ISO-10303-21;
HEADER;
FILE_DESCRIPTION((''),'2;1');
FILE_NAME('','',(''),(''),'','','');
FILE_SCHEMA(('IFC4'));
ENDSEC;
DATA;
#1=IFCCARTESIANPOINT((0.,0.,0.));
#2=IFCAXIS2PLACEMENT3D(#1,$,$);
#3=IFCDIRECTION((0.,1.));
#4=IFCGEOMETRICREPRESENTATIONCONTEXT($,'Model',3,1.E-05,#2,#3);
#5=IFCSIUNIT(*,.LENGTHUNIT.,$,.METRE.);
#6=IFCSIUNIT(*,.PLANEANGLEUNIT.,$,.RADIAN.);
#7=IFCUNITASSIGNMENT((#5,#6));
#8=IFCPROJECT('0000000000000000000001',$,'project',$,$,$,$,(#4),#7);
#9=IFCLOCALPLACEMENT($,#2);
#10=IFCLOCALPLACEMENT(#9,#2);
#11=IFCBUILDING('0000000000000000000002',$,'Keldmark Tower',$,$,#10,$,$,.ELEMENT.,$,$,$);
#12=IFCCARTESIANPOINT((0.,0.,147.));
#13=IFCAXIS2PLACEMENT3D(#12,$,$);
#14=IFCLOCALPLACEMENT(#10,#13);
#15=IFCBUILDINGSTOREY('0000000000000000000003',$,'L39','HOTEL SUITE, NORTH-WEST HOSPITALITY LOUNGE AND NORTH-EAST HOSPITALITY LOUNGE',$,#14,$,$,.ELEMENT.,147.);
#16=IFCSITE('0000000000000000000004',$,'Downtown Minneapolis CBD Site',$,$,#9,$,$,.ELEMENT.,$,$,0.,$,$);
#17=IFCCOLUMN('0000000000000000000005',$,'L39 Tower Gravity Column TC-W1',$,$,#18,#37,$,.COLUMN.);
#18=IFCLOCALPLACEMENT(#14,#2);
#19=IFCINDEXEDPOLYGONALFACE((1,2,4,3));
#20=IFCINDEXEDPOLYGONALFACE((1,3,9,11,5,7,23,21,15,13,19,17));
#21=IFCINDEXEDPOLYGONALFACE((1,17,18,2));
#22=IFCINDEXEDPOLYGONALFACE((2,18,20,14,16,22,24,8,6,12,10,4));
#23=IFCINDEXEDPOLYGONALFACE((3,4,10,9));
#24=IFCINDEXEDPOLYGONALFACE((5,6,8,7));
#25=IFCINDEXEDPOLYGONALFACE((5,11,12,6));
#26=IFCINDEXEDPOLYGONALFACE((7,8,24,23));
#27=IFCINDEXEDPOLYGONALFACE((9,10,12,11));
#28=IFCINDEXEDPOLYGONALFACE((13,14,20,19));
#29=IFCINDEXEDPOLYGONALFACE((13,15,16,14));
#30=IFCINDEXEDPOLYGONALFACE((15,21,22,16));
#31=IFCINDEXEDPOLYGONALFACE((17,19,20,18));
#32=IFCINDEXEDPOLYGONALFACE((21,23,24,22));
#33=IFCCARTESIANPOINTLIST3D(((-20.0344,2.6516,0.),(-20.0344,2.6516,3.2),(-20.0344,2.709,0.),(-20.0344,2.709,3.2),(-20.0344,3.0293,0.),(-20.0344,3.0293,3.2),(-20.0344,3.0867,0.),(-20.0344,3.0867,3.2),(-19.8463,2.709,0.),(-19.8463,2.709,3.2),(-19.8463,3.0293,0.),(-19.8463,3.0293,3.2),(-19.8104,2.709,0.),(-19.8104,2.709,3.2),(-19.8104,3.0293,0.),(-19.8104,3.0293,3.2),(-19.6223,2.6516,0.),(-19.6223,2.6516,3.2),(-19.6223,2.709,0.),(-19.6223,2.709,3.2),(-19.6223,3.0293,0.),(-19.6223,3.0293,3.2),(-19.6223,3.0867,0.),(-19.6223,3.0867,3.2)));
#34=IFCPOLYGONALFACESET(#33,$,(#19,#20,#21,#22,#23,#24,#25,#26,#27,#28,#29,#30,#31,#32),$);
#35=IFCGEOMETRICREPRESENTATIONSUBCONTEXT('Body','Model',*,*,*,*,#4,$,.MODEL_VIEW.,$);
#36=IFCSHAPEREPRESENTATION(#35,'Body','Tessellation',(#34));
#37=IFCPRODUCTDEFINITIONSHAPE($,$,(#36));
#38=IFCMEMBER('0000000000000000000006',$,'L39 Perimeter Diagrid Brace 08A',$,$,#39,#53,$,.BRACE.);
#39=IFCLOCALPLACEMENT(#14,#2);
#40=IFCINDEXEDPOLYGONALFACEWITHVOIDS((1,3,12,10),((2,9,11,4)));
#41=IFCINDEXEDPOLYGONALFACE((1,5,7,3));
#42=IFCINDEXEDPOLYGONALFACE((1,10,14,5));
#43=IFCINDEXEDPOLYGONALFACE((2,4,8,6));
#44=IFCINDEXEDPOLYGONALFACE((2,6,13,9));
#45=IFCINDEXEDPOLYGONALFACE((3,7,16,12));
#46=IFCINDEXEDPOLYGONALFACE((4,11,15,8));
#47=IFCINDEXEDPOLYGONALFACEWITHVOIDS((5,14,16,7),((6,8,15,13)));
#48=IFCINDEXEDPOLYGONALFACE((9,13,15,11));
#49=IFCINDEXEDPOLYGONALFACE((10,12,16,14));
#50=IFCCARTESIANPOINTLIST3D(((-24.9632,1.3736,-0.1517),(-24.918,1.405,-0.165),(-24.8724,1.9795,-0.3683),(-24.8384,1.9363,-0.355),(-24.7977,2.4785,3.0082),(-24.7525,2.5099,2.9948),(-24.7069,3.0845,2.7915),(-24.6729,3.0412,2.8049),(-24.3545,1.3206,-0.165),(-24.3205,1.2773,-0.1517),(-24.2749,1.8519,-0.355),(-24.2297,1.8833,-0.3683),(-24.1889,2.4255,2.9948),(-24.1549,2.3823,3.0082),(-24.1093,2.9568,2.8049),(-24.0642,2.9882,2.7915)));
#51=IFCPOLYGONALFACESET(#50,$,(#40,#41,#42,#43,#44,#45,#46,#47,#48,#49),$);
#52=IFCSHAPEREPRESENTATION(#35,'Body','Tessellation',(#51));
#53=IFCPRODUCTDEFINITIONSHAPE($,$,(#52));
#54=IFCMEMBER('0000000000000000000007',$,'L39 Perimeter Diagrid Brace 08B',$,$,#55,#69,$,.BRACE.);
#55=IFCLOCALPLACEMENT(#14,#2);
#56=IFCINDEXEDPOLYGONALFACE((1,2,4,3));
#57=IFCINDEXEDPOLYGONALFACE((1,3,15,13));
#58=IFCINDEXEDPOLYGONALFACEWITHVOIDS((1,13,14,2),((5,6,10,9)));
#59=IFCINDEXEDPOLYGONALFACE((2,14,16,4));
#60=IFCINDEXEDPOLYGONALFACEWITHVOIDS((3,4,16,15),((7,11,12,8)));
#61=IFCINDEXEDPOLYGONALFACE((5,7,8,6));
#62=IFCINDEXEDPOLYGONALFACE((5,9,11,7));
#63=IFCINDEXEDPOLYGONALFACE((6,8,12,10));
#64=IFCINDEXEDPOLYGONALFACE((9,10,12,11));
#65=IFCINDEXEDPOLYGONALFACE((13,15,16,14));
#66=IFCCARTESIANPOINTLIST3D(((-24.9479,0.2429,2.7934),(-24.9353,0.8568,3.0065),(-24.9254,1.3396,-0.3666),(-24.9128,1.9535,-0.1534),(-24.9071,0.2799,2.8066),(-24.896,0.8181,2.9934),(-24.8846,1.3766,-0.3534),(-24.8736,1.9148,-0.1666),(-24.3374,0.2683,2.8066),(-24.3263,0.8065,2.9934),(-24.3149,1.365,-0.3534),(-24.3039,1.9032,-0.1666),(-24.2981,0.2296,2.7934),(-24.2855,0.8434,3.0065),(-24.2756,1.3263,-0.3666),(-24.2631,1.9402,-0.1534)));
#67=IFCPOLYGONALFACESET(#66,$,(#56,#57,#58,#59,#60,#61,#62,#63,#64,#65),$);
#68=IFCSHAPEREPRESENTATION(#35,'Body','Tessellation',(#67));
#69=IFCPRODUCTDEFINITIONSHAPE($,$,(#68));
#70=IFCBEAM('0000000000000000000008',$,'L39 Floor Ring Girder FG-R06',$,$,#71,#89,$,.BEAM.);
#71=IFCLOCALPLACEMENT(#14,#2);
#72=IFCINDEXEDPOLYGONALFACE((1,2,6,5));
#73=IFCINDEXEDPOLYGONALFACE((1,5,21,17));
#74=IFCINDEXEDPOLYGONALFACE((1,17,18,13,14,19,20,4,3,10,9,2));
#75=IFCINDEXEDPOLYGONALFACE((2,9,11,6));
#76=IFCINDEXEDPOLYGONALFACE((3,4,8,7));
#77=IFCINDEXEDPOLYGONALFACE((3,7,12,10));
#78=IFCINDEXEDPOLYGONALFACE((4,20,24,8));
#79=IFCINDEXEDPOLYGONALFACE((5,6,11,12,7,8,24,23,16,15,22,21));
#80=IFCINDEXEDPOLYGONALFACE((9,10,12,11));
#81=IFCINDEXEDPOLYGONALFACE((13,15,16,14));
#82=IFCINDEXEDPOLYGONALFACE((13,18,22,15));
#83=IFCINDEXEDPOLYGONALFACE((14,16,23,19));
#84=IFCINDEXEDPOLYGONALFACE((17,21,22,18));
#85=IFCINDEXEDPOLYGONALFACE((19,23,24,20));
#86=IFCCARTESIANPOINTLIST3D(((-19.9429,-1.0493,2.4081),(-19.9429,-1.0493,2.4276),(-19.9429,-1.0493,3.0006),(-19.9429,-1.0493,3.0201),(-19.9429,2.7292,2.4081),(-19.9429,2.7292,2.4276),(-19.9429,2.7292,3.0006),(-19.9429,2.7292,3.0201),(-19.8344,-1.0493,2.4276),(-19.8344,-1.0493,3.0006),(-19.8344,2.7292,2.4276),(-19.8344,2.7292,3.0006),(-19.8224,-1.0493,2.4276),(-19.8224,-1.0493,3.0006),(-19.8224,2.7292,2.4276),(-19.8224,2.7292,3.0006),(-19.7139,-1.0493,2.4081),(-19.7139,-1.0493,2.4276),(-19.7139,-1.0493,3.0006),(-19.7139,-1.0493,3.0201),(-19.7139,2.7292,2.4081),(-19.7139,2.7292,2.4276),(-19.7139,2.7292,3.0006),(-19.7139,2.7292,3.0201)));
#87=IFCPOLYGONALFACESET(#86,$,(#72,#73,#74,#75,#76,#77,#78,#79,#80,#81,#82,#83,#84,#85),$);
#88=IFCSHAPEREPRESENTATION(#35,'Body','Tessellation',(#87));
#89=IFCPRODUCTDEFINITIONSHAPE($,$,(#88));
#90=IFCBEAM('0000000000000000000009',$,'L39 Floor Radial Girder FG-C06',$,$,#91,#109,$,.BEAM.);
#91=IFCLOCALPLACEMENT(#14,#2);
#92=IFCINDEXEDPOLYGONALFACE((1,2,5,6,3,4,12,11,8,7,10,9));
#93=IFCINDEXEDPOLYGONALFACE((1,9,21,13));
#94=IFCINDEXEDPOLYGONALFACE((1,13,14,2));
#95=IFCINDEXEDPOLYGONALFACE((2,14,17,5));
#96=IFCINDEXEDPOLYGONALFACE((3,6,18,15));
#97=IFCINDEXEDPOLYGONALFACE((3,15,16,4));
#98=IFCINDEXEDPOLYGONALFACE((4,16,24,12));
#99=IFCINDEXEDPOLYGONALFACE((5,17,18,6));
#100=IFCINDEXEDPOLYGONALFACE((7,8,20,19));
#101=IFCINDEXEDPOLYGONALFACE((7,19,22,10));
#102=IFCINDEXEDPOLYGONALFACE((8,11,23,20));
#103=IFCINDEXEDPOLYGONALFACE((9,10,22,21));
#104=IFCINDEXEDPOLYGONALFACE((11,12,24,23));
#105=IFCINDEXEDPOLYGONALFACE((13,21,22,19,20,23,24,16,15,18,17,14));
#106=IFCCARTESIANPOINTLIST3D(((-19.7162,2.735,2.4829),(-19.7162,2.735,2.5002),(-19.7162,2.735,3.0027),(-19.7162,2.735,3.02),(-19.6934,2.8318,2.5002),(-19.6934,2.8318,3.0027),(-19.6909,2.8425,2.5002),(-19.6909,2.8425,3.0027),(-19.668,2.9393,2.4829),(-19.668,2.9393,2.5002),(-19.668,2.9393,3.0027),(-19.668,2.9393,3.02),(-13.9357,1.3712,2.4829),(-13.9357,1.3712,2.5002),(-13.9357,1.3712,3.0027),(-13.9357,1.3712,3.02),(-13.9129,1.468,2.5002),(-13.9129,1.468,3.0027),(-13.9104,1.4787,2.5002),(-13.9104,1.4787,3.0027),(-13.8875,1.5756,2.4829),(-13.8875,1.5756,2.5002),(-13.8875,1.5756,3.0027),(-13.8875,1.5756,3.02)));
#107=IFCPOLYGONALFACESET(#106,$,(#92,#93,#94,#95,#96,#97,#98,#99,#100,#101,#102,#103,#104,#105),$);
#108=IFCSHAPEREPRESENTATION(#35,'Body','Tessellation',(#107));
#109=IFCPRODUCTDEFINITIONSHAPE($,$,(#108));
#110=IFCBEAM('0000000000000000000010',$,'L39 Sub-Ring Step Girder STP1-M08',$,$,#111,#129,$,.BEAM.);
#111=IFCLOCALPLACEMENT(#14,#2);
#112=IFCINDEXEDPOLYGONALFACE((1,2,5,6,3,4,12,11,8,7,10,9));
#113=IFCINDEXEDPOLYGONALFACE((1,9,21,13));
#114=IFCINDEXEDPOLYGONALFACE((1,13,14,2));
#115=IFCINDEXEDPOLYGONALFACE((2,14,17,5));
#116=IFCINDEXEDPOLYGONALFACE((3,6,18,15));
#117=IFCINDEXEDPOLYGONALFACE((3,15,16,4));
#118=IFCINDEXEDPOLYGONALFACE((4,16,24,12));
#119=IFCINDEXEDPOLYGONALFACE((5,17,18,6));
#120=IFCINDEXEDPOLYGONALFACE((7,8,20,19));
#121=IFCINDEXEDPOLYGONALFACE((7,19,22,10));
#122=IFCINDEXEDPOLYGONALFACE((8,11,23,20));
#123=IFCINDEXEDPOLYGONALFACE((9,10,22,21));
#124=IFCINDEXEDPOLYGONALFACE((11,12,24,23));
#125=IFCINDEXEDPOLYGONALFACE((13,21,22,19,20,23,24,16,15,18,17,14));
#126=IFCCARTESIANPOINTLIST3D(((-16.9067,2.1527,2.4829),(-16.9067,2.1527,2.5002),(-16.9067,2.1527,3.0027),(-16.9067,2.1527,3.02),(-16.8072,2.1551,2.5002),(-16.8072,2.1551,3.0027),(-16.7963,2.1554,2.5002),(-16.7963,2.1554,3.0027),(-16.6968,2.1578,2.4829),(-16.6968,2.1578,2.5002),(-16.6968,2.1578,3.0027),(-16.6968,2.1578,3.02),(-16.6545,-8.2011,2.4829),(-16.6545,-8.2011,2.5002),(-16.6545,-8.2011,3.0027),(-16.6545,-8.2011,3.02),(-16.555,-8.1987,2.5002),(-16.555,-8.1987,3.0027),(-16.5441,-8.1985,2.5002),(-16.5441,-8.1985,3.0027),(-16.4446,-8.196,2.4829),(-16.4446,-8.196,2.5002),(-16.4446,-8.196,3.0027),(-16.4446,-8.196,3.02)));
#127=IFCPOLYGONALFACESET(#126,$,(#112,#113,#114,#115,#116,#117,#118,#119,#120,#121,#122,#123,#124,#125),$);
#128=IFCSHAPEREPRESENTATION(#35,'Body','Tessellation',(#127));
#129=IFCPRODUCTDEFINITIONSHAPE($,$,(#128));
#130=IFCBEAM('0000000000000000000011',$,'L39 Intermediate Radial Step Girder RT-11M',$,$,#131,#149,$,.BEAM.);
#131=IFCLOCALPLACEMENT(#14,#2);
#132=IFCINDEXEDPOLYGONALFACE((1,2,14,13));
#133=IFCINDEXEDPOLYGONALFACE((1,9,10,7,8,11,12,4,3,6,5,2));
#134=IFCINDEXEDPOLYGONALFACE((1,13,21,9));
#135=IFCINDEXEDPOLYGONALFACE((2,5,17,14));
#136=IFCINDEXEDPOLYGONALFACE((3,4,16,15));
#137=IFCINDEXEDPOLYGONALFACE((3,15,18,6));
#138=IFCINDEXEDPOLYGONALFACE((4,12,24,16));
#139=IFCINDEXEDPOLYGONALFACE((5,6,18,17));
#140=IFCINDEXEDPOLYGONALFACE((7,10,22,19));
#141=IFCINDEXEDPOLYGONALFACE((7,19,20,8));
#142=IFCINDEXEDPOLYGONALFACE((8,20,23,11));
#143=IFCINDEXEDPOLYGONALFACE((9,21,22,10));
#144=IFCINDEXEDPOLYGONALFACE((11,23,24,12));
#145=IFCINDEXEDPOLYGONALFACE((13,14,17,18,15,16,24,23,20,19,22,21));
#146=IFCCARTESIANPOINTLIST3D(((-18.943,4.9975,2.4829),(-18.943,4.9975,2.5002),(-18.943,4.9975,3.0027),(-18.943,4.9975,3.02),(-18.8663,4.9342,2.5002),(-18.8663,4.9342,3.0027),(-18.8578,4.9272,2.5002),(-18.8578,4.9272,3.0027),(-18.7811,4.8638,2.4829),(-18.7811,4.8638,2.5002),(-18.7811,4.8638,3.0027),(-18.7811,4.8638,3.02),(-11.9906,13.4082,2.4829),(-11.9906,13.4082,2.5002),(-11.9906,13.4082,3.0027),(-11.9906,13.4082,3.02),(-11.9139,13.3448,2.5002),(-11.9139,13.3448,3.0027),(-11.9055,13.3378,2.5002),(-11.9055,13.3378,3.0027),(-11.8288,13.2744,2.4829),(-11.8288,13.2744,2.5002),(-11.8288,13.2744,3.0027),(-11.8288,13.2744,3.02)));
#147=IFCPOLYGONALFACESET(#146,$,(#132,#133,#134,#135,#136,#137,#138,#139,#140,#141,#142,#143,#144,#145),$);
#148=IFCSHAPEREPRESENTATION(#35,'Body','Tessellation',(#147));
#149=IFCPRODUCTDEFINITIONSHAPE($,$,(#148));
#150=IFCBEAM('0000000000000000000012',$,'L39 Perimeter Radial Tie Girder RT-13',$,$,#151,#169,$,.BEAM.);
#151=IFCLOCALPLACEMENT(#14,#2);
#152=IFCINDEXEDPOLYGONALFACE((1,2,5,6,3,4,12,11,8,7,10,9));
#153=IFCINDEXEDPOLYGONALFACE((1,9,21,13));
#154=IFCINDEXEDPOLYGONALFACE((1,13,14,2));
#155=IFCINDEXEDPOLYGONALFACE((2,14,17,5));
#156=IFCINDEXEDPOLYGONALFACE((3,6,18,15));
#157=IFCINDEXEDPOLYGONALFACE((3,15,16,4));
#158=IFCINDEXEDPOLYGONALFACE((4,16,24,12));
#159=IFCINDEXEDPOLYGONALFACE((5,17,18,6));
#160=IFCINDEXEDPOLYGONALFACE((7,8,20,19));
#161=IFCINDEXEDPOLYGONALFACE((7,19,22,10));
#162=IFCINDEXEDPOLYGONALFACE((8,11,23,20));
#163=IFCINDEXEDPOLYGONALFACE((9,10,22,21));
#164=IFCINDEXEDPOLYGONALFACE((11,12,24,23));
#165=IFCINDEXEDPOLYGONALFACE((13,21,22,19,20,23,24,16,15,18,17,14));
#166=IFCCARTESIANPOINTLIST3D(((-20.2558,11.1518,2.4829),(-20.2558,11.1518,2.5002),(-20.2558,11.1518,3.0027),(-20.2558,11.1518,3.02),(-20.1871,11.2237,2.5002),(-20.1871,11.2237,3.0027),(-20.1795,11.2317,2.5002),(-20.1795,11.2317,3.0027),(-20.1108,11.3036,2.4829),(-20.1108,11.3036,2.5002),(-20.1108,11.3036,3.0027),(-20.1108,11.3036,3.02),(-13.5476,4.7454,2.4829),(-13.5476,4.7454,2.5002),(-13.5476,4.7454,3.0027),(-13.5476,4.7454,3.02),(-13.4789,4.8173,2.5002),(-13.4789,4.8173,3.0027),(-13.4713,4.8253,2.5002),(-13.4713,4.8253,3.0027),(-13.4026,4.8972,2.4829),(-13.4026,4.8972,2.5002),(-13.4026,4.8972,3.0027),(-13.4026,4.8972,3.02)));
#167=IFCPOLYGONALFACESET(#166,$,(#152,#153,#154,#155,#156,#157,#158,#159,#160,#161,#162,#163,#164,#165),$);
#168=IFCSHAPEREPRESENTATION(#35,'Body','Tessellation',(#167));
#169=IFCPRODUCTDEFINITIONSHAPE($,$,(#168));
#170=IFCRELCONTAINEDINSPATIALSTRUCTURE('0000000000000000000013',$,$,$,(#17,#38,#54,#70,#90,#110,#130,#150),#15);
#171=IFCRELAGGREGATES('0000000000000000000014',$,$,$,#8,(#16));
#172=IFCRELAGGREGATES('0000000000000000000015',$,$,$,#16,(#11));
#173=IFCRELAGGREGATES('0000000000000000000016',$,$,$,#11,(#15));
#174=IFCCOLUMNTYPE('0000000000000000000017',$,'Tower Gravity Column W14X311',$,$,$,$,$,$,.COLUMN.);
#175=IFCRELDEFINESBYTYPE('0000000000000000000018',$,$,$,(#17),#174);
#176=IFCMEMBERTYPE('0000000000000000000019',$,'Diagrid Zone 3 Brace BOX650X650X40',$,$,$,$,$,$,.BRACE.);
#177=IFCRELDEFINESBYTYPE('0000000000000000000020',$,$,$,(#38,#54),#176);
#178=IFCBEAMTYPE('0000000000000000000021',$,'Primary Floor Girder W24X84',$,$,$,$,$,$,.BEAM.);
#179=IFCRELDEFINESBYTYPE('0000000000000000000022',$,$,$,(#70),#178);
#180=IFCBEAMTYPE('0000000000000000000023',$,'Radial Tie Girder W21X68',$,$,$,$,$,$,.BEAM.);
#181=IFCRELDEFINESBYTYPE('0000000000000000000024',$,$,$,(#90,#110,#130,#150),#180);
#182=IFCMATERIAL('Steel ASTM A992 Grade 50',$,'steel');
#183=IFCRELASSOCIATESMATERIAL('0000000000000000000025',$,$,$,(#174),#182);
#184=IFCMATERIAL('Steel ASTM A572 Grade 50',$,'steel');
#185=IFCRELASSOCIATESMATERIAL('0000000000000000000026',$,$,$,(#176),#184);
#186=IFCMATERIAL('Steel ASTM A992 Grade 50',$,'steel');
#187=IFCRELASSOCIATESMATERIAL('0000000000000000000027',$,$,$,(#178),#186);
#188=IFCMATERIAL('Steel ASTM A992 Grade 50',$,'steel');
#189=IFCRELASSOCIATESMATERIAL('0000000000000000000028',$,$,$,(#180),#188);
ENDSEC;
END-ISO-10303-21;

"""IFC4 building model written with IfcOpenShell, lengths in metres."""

from ifc_helpers import new_model, si_unit, direction, frame, origin, origin_2d, place, context, subcontext, project, spatial, hollow_rectangle, i_section, extrude, material, material_profile, profile_set, type_object, element, save


model = new_model("IFC4")

# Units and contexts
model_context = context("Model", 3, precision=1e-05, world=origin(), true_north=direction((0.0, 1.0)))
body_context = subcontext(model_context, "Body", "Model", "MODEL_VIEW")
ifc_project = project(units=[si_unit("LENGTHUNIT", "METRE"), si_unit("PLANEANGLEUNIT", "RADIAN")], contexts=[model_context])

# Site, building, storey
site_placement = place(None, origin())
site = spatial("IfcSite", under=ifc_project, at=site_placement, Name="Downtown Minneapolis CBD Site", CompositionType="ELEMENT", RefElevation=0.0)
building_placement = place(site_placement, origin())
building = spatial("IfcBuilding", under=site, at=building_placement, Name="Keldmark Tower", CompositionType="ELEMENT")
storey_placement = place(building_placement, frame((0.0, 0.0, 147.0)))
storey = spatial("IfcBuildingStorey", under=building, at=storey_placement, Name="L39", Description="HOTEL SUITE, NORTH-WEST HOSPITALITY LOUNGE AND NORTH-EAST HOSPITALITY LOUNGE", CompositionType="ELEMENT", Elevation=147.0)

# Column
ifc_material_1 = material(Name="Steel ASTM A992 Grade 50", Category="steel")
ifc_material_profile_1 = material_profile(ifc_material_1, i_section(OverallWidth=0.4121, OverallDepth=0.4351, WebThickness=0.0359, FlangeThickness=0.0574, at=origin_2d()), Name="W14X311")
ifc_profile_set_1 = profile_set([ifc_material_profile_1], Name="Steel ASTM A992 Grade 50")
column_type = type_object("IfcColumnType", Name="Tower Gravity Column W14X311", PredefinedType="COLUMN", material=ifc_profile_set_1)
column_placement = place(storey_placement, frame((-19.8284, 2.8691, 0.0), z_axis=(0.0, 0.0, 1.0), x_axis=(1.0, 0.0, 0.0)))
element("IfcColumn", 1, at=column_placement, inside=storey, type_object=column_type, Name="L39 Tower Gravity Column TC-W1", PredefinedType="COLUMN", context=body_context, shape_type="SweptSolid", body=[
    extrude(i_section(OverallWidth=0.4121, OverallDepth=0.4351, WebThickness=0.0359, FlangeThickness=0.0574, at=origin_2d()), origin(), (0.0, 0.0, 1.0), 3.2),
])

# Members
ifc_material_2 = material(Name="Steel ASTM A572 Grade 50", Category="steel")
ifc_material_profile_2 = material_profile(ifc_material_2, hollow_rectangle(XDim=0.6499, YDim=0.6499, WallThickness=0.04, at=origin_2d()), Name="BOX650X650X40")
ifc_profile_set_2 = profile_set([ifc_material_profile_2], Name="Steel ASTM A572 Grade 50")
member_type = type_object("IfcMemberType", Name="Diagrid Zone 3 Brace BOX650X650X40", PredefinedType="BRACE", material=ifc_profile_set_2)
member_1_placement = place(storey_placement, frame((-24.5964, 1.6284, -0.26), z_axis=(0.049387, 0.329684, 0.942799), x_axis=(-0.988965, 0.148148, 0.0)))
element("IfcMember", 2, at=member_1_placement, inside=storey, type_object=member_type, Name="L39 Perimeter Diagrid Brace 08A", PredefinedType="BRACE", context=body_context, shape_type="SweptSolid", body=[
    extrude(hollow_rectangle(XDim=0.6499, YDim=0.6499, WallThickness=0.04, at=origin_2d()), origin(), (0.0, 0.0, 1.0), 3.3516),
])
member_2_placement = place(storey_placement, frame((-24.5942, 1.6399, -0.26), z_axis=(-0.006715, -0.327868, 0.9447), x_axis=(0.99979, -0.020477, 0.0)))
element("IfcMember", 3, at=member_2_placement, inside=storey, type_object=member_type, Name="L39 Perimeter Diagrid Brace 08B", PredefinedType="BRACE", context=body_context, shape_type="SweptSolid", body=[
    extrude(hollow_rectangle(XDim=0.6499, YDim=0.6499, WallThickness=0.04, at=origin_2d()), origin(), (0.0, 0.0, 1.0), 3.345),
])

# Beams
ifc_material_3 = material(Name="Steel ASTM A992 Grade 50", Category="steel")
ifc_material_profile_3 = material_profile(ifc_material_3, i_section(OverallWidth=0.229, OverallDepth=0.6121, WebThickness=0.012, FlangeThickness=0.0195, at=origin_2d()), Name="W24X84")
ifc_profile_set_3 = profile_set([ifc_material_profile_3], Name="Steel ASTM A992 Grade 50")
beam_type_1 = type_object("IfcBeamType", Name="Primary Floor Girder W24X84", PredefinedType="BEAM", material=ifc_profile_set_3)
beam_1_placement = place(storey_placement, frame((-19.8284, 2.7292, 2.7141), z_axis=(0.0, -1.0, 0.0), x_axis=(1.0, 0.0, 0.0)))
element("IfcBeam", 4, at=beam_1_placement, inside=storey, type_object=beam_type_1, Name="L39 Floor Ring Girder FG-R06", PredefinedType="BEAM", context=body_context, shape_type="SweptSolid", body=[
    extrude(i_section(OverallWidth=0.229, OverallDepth=0.6121, WebThickness=0.012, FlangeThickness=0.0195, at=origin_2d()), origin(), (0.0, 0.0, 1.0), 3.7786),
])
ifc_material_4 = material(Name="Steel ASTM A992 Grade 50", Category="steel")
ifc_material_profile_4 = material_profile(ifc_material_4, i_section(OverallWidth=0.21, OverallDepth=0.5371, WebThickness=0.011, FlangeThickness=0.0173, at=origin_2d()), Name="W21X68")
ifc_profile_set_4 = profile_set([ifc_material_profile_4], Name="Steel ASTM A992 Grade 50")
beam_type_2 = type_object("IfcBeamType", Name="Radial Tie Girder W21X68", PredefinedType="BEAM", material=ifc_profile_set_4)
beam_2_placement = place(storey_placement, frame((-19.6921, 2.8372, 2.7515), z_axis=(0.97328, -0.229621, 0.0), x_axis=(0.229621, 0.97328, 0.0)))
element("IfcBeam", 5, at=beam_2_placement, inside=storey, type_object=beam_type_2, Name="L39 Floor Radial Girder FG-C06", PredefinedType="BEAM", context=body_context, shape_type="SweptSolid", body=[
    extrude(i_section(OverallWidth=0.21, OverallDepth=0.5371, WebThickness=0.011, FlangeThickness=0.0173, at=origin_2d()), origin(), (0.0, 0.0, 1.0), 5.9392),
])
beam_3_placement = place(storey_placement, frame((-16.8018, 2.1553, 2.7515), z_axis=(0.024351, -0.999703, 0.0), x_axis=(0.999703, 0.024351, 0.0)))
element("IfcBeam", 6, at=beam_3_placement, inside=storey, type_object=beam_type_2, Name="L39 Sub-Ring Step Girder STP1-M08", PredefinedType="BEAM", context=body_context, shape_type="SweptSolid", body=[
    extrude(i_section(OverallWidth=0.21, OverallDepth=0.5371, WebThickness=0.011, FlangeThickness=0.0173, at=origin_2d()), origin(), (0.0, 0.0, 1.0), 10.3569),
])
beam_4_placement = place(storey_placement, frame((-18.8621, 4.9307, 2.7515), z_axis=(0.637125, 0.770761, 0.0), x_axis=(-0.770761, 0.637125, 0.0)))
element("IfcBeam", 7, at=beam_4_placement, inside=storey, type_object=beam_type_2, Name="L39 Intermediate Radial Step Girder RT-11M", PredefinedType="BEAM", context=body_context, shape_type="SweptSolid", body=[
    extrude(i_section(OverallWidth=0.21, OverallDepth=0.5371, WebThickness=0.011, FlangeThickness=0.0173, at=origin_2d()), origin(), (0.0, 0.0, 1.0), 10.9121),
])
beam_5_placement = place(storey_placement, frame((-13.4751, 4.8213, 2.7515), z_axis=(-0.723185, 0.690654, 0.0), x_axis=(-0.690654, -0.723185, 0.0)))
element("IfcBeam", 8, at=beam_5_placement, inside=storey, type_object=beam_type_2, Name="L39 Perimeter Radial Tie Girder RT-13", PredefinedType="BEAM", context=body_context, shape_type="SweptSolid", body=[
    extrude(i_section(OverallWidth=0.21, OverallDepth=0.5371, WebThickness=0.011, FlangeThickness=0.0173, at=origin_2d()), origin(), (0.0, 0.0, 1.0), 9.2759),
])

save(model, "model.ifc")
